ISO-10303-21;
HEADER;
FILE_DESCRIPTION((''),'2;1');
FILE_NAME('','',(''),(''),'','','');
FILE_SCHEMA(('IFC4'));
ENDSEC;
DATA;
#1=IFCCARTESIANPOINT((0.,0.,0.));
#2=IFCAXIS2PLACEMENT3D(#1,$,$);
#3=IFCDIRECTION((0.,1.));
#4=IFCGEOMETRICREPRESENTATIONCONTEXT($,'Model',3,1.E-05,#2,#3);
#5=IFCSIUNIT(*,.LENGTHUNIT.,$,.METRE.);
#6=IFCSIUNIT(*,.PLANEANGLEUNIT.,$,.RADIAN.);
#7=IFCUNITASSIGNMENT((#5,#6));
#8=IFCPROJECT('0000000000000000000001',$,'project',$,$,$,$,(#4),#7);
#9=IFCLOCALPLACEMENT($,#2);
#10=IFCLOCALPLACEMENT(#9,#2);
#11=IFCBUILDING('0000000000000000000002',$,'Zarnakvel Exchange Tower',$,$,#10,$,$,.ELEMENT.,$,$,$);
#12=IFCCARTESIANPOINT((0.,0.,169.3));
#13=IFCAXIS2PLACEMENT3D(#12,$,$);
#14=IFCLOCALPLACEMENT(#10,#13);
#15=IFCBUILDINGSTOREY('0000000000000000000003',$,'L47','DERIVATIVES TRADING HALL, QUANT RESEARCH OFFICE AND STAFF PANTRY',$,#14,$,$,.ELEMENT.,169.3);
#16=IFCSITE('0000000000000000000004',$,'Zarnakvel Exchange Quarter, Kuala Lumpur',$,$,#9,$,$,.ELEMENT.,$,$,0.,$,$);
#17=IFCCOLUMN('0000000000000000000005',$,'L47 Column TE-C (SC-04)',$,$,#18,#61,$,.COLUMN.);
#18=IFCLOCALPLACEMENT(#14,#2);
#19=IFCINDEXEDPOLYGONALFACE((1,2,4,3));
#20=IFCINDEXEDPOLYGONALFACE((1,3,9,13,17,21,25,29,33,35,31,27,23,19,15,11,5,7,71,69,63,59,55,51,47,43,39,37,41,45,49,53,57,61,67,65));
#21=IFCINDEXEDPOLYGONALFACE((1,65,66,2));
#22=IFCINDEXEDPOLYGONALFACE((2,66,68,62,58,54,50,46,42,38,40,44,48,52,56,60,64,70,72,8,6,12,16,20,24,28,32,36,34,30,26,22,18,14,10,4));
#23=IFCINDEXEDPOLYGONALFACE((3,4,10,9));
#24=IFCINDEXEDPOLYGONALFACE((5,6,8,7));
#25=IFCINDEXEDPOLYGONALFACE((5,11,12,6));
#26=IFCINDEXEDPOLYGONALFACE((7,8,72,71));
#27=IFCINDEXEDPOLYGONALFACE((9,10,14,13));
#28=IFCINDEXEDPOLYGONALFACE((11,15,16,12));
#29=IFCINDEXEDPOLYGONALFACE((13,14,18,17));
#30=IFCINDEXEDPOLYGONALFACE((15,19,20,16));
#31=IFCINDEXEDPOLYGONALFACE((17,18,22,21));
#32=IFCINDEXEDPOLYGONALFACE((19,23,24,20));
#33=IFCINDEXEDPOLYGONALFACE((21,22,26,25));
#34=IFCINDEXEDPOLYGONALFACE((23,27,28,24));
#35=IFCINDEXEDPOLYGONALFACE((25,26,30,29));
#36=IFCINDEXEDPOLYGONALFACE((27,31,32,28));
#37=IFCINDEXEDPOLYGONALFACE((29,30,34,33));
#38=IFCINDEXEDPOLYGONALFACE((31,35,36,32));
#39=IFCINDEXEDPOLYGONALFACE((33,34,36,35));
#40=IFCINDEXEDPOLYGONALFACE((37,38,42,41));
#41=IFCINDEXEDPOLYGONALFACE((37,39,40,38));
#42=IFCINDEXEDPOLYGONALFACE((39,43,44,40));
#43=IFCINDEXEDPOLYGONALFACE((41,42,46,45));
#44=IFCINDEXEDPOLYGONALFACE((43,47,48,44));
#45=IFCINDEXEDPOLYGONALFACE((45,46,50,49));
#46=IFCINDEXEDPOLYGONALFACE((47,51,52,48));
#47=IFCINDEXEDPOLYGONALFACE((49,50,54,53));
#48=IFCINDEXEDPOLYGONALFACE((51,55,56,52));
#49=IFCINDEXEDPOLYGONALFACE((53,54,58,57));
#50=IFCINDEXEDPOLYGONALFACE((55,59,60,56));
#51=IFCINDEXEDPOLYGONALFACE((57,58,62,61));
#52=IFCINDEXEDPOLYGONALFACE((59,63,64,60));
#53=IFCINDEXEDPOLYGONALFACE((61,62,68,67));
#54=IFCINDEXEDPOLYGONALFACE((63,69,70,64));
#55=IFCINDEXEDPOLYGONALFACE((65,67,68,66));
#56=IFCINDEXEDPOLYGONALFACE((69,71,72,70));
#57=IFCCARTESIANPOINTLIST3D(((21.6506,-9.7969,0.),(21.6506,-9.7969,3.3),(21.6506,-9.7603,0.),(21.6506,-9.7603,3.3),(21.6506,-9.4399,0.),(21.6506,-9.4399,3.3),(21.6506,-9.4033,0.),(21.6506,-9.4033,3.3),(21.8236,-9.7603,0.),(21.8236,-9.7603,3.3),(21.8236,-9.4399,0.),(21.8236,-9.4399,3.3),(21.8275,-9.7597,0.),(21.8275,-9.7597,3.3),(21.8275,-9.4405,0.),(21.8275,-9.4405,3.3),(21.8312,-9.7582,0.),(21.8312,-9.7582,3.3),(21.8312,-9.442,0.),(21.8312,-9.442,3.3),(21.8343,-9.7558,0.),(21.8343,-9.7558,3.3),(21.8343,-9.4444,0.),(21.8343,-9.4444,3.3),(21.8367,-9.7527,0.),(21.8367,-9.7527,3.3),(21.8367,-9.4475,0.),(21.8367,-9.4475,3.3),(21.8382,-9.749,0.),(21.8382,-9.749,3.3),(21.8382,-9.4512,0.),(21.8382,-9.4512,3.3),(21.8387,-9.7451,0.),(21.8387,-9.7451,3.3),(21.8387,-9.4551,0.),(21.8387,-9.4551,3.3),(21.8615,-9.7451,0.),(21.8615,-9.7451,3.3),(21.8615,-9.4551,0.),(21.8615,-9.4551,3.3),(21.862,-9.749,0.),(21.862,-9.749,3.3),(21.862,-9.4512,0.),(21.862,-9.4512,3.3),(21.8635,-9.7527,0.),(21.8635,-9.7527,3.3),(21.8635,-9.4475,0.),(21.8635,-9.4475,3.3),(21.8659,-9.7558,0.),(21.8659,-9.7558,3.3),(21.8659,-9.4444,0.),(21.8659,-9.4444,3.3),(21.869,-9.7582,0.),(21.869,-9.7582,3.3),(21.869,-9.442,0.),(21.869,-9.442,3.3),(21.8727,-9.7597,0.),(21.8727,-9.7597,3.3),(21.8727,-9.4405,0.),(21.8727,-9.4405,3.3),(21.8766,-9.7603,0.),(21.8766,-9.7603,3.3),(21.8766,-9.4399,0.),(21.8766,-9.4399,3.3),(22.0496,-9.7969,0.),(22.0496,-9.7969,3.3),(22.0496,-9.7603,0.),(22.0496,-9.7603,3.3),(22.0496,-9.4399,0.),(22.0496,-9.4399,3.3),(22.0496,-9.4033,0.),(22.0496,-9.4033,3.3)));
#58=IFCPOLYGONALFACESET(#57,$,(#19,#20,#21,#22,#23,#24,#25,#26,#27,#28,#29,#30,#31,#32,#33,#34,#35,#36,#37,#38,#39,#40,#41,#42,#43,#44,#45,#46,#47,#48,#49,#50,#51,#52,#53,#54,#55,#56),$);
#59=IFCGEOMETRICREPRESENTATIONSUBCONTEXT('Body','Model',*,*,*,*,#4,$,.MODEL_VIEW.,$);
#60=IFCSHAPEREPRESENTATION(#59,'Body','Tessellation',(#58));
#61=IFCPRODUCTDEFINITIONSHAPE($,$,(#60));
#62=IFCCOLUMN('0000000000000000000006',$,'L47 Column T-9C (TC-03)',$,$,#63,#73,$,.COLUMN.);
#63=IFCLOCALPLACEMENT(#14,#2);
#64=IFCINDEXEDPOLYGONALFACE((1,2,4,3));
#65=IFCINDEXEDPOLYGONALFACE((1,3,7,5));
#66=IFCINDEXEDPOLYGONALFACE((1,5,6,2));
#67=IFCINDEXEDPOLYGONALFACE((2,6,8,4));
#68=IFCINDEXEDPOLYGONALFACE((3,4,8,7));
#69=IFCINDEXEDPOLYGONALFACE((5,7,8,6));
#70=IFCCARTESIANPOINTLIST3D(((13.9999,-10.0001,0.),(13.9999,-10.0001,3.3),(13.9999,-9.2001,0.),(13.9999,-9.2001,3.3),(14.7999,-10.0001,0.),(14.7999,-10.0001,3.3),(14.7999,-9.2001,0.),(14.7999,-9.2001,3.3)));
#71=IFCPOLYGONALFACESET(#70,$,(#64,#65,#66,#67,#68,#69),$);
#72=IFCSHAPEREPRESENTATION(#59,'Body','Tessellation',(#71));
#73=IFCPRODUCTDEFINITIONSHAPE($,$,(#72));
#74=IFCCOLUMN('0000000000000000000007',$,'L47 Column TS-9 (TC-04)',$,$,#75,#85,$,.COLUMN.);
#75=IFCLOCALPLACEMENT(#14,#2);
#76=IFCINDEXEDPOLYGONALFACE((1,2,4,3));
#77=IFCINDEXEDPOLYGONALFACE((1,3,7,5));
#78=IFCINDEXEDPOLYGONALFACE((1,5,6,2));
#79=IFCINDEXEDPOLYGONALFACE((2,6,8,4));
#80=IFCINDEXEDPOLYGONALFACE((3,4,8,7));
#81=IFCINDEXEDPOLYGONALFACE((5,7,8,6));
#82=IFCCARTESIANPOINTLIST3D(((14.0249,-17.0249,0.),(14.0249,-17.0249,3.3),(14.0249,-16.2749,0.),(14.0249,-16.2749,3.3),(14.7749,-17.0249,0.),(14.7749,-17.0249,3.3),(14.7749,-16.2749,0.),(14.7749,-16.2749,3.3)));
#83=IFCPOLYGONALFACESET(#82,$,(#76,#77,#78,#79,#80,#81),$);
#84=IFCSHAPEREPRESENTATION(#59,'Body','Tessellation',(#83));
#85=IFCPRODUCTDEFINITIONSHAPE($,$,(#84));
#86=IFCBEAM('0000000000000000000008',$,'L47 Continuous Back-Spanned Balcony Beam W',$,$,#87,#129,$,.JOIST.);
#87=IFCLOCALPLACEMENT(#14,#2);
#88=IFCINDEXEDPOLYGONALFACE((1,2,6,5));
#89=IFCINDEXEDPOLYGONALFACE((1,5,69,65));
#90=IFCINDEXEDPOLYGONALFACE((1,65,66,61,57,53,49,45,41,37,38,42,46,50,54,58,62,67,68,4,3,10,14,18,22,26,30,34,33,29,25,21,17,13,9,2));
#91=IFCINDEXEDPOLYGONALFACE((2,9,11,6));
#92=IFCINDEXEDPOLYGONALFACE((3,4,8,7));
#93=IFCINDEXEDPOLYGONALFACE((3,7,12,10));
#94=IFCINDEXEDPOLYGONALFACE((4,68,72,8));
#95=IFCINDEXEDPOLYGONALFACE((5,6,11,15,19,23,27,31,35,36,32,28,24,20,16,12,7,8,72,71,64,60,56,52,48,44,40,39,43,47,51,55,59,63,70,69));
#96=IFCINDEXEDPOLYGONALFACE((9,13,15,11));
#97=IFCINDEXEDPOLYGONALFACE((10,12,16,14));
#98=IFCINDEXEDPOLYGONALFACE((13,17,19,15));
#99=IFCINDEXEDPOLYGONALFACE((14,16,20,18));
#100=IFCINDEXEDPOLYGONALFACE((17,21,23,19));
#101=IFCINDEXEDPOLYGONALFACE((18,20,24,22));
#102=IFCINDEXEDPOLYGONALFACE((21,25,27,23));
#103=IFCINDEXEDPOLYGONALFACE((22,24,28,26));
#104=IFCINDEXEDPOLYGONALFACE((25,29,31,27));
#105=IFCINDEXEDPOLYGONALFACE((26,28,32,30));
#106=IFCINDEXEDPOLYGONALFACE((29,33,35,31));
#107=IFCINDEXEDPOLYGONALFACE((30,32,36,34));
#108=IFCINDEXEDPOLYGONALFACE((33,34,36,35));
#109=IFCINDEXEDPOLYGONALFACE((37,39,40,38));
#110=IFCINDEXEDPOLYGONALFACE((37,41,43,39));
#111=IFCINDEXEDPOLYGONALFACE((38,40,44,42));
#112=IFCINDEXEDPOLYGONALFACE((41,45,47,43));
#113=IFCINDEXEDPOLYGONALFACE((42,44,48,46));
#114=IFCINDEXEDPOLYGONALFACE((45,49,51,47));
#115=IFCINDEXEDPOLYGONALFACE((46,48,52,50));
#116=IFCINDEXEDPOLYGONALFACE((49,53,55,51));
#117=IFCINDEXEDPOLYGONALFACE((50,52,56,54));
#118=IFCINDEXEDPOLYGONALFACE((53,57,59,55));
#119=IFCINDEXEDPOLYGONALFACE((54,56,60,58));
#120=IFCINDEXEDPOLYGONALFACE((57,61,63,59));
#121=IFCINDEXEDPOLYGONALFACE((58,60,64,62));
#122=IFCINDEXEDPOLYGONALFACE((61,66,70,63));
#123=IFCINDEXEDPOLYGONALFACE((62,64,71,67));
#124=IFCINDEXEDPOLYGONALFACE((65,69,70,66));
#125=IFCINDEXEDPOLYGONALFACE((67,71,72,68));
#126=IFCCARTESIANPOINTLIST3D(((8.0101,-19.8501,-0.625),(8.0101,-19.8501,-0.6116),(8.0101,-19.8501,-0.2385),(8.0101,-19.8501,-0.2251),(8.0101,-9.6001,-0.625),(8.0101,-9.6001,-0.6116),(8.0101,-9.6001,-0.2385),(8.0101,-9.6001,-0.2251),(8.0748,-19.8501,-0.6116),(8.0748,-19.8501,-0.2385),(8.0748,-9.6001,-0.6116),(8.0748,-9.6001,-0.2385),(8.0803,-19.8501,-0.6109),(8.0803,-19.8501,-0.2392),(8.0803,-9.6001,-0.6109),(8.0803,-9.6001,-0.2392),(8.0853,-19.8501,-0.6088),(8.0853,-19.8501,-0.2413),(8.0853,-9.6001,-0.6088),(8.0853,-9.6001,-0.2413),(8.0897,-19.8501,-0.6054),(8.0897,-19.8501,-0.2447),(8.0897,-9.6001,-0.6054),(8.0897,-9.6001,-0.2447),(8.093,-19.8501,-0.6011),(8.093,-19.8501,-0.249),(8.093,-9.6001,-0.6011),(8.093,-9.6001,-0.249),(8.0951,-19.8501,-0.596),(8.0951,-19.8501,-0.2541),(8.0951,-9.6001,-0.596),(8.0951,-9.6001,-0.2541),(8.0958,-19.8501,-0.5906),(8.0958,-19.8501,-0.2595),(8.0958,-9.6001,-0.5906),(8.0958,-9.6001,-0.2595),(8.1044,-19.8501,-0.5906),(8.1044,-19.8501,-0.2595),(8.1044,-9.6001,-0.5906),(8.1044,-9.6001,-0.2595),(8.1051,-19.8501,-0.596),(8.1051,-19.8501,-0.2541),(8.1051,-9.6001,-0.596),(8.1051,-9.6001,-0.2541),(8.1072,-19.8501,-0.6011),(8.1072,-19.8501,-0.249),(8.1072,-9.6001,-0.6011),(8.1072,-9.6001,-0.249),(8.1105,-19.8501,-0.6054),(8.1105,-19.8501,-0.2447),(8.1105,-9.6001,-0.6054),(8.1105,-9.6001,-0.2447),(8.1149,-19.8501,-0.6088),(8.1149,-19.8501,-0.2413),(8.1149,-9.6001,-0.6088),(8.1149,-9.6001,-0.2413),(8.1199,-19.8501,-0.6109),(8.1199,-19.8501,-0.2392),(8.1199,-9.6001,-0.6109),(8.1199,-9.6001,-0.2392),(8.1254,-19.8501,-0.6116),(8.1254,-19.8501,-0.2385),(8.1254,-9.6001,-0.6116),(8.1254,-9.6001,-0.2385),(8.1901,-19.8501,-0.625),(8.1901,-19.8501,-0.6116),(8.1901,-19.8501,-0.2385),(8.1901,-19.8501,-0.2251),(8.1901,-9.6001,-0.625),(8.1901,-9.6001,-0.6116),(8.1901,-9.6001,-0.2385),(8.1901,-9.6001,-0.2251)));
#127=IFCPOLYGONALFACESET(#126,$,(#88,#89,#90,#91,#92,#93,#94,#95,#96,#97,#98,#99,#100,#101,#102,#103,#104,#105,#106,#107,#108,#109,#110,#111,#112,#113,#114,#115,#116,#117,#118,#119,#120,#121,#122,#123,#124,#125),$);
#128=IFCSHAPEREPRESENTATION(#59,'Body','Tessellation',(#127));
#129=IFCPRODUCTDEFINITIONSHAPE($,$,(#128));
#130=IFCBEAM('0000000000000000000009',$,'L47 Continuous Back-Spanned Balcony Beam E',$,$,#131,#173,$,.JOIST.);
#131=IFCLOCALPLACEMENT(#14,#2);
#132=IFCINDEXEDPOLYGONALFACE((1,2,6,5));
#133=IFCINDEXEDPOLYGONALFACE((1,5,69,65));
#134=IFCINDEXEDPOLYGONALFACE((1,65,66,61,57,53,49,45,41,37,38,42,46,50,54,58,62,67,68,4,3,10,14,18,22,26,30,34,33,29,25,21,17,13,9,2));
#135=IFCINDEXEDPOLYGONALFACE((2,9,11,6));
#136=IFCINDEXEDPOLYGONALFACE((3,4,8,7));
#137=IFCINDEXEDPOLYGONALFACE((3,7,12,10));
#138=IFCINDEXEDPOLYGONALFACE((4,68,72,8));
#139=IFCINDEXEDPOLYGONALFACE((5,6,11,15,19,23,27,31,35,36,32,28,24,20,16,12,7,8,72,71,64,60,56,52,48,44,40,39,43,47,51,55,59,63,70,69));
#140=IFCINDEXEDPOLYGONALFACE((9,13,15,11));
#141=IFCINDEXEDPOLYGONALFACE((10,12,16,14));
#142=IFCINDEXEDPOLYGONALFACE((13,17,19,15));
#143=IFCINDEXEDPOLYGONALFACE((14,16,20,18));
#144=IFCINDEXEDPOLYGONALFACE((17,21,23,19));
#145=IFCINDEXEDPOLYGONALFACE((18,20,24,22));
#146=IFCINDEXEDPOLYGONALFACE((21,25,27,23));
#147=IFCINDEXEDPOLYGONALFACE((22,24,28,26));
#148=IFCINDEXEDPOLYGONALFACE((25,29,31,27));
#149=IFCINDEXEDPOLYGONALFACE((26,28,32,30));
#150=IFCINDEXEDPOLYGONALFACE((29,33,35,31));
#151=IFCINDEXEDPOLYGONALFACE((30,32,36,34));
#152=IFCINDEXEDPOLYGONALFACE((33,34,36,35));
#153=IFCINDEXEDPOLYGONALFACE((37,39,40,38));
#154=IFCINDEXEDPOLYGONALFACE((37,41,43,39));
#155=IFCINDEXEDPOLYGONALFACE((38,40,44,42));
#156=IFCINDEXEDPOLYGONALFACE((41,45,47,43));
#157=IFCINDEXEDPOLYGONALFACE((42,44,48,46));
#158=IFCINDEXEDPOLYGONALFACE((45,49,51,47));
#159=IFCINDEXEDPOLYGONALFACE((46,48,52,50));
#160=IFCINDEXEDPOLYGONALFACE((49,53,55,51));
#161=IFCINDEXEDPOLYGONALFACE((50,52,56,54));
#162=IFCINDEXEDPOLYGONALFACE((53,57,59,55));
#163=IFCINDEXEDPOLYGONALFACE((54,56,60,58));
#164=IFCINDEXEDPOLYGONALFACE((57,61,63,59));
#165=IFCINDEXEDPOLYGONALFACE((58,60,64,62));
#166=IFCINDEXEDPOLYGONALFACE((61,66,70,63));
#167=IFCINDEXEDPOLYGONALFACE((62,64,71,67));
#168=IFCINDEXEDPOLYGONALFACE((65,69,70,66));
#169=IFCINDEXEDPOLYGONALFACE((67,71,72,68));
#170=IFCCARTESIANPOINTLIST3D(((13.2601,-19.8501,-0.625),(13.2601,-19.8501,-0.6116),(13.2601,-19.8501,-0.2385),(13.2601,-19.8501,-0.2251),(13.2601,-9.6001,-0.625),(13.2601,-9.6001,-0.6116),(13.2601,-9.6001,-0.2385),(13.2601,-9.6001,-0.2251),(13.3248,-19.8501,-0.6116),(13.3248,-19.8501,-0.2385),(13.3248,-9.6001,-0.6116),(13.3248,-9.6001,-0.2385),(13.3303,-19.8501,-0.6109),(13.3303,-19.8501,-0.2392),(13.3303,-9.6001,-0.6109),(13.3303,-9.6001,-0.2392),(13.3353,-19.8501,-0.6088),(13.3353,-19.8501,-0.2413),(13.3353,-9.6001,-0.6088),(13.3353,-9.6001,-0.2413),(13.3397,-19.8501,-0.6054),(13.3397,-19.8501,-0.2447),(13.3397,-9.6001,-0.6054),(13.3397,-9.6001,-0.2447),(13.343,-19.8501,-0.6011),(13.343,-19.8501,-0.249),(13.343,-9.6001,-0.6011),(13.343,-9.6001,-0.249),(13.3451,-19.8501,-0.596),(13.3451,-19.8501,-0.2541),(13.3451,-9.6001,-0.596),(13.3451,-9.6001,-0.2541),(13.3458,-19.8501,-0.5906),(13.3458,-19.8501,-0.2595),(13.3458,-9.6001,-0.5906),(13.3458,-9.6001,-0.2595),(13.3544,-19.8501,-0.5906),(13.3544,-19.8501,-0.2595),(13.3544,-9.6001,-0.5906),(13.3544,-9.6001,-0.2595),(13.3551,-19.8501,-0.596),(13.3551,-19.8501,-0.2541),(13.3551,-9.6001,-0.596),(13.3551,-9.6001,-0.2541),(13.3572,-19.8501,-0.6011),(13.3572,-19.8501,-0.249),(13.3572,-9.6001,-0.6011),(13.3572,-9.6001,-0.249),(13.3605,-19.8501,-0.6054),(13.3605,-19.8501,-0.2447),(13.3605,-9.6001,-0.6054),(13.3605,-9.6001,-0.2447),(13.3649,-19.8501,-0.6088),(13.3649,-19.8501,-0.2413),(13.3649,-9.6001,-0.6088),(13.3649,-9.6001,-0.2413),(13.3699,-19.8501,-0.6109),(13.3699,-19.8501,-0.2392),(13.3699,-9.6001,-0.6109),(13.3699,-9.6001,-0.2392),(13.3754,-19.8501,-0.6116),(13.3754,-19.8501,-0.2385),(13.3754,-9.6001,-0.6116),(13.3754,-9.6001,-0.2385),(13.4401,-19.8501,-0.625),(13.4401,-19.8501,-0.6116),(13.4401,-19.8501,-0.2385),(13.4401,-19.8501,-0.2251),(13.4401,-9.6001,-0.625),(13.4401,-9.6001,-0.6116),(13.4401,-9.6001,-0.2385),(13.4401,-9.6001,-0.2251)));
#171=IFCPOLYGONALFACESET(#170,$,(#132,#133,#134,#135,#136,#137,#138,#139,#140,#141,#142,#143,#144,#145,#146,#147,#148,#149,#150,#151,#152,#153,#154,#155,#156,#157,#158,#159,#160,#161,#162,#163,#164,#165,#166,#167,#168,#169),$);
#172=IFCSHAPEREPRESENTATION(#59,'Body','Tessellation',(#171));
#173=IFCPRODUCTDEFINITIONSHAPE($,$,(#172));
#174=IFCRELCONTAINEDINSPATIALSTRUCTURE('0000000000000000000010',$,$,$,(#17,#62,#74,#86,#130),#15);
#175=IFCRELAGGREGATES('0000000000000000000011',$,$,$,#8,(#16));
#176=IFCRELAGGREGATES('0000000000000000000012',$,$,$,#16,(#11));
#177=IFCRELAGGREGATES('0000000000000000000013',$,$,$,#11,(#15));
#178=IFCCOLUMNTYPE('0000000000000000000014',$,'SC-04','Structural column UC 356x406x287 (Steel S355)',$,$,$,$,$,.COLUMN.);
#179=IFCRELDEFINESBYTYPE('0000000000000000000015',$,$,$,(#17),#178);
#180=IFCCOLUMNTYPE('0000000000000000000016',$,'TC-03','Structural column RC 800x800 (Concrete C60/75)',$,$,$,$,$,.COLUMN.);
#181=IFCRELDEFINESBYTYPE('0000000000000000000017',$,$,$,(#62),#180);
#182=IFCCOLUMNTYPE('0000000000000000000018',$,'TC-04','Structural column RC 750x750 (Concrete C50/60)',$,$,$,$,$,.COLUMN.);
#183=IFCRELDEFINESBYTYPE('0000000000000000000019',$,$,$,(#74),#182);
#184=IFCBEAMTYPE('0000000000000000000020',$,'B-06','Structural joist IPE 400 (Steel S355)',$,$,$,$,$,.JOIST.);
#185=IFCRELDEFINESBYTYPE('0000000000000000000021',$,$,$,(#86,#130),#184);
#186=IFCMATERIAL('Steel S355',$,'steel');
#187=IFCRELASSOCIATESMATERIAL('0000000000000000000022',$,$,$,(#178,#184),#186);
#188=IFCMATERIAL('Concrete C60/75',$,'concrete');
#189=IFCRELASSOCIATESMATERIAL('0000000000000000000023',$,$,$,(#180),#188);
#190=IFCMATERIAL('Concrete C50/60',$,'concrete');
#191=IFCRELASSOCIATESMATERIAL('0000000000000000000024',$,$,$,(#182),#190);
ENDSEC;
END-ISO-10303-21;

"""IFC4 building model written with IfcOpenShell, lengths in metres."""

from ifc_helpers import new_model, si_unit, direction, frame, origin, origin_2d, place, context, subcontext, project, spatial, rectangle, i_section, extrude, material, material_profile, profile_set, type_object, element, save


model = new_model("IFC4")

# Units and contexts
model_context = context("Model", 3, precision=1e-05, world=origin(), true_north=direction((0.0, 1.0)))
body_context = subcontext(model_context, "Body", "Model", "MODEL_VIEW")
ifc_project = project(units=[si_unit("LENGTHUNIT", "METRE"), si_unit("PLANEANGLEUNIT", "RADIAN")], contexts=[model_context])

# Site, building, storey
site_placement = place(None, origin())
site = spatial("IfcSite", under=ifc_project, at=site_placement, Name="Zarnakvel Exchange Quarter, Kuala Lumpur", CompositionType="ELEMENT", RefElevation=0.0)
building_placement = place(site_placement, origin())
building = spatial("IfcBuilding", under=site, at=building_placement, Name="Zarnakvel Exchange Tower", CompositionType="ELEMENT")
storey_placement = place(building_placement, frame((0.0, 0.0, 169.3)))
storey = spatial("IfcBuildingStorey", under=building, at=storey_placement, Name="L47", Description="DERIVATIVES TRADING HALL, QUANT RESEARCH OFFICE AND STAFF PANTRY", CompositionType="ELEMENT", Elevation=169.3)

# Columns
ifc_material_1 = material(Name="Steel S355", Category="steel")
ifc_material_profile_1 = material_profile(ifc_material_1, i_section(OverallWidth=0.3989, OverallDepth=0.3936, WebThickness=0.0227, FlangeThickness=0.0366, FilletRadius=0.0151, at=origin_2d()))
ifc_profile_set_1 = profile_set([ifc_material_profile_1], Name="Steel S355")
column_type_1 = type_object("IfcColumnType", Name="SC-04", Description="Structural column UC 356x406x287 (Steel S355)", PredefinedType="COLUMN", material=ifc_profile_set_1)
column_1_placement = place(storey_placement, frame((21.8501, -9.6001, 0.0), z_axis=(0.0, 0.0, 1.0), x_axis=(1.0, 0.0, 0.0)))
element("IfcColumn", 1, at=column_1_placement, inside=storey, type_object=column_type_1, Name="L47 Column TE-C (SC-04)", PredefinedType="COLUMN", context=body_context, shape_type="SweptSolid", body=[
    extrude(i_section(OverallWidth=0.3989, OverallDepth=0.3936, WebThickness=0.0227, FlangeThickness=0.0366, FilletRadius=0.0151, at=origin_2d()), origin(), (0.0, 0.0, 1.0), 3.3),
])
ifc_material_2 = material(Name="Concrete C60/75", Category="concrete")
ifc_material_profile_2 = material_profile(ifc_material_2, rectangle(XDim=0.8, YDim=0.8, at=origin_2d()))
ifc_profile_set_2 = profile_set([ifc_material_profile_2], Name="Concrete C60/75")
column_type_2 = type_object("IfcColumnType", Name="TC-03", Description="Structural column RC 800x800 (Concrete C60/75)", PredefinedType="COLUMN", material=ifc_profile_set_2)
column_2_placement = place(storey_placement, frame((14.3999, -9.6001, 0.0), z_axis=(0.0, 0.0, 1.0), x_axis=(1.0, 0.0, 0.0)))
element("IfcColumn", 2, at=column_2_placement, inside=storey, type_object=column_type_2, Name="L47 Column T-9C (TC-03)", PredefinedType="COLUMN", context=body_context, shape_type="SweptSolid", body=[
    extrude(rectangle(XDim=0.8, YDim=0.8, at=origin_2d()), origin(), (0.0, 0.0, 1.0), 3.3),
])
ifc_material_3 = material(Name="Concrete C50/60", Category="concrete")
ifc_material_profile_3 = material_profile(ifc_material_3, rectangle(XDim=0.75, YDim=0.75, at=origin_2d()))
ifc_profile_set_3 = profile_set([ifc_material_profile_3], Name="Concrete C50/60")
column_type_3 = type_object("IfcColumnType", Name="TC-04", Description="Structural column RC 750x750 (Concrete C50/60)", PredefinedType="COLUMN", material=ifc_profile_set_3)
column_3_placement = place(storey_placement, frame((14.3999, -16.6499, 0.0), z_axis=(0.0, 0.0, 1.0), x_axis=(1.0, 0.0, 0.0)))
element("IfcColumn", 3, at=column_3_placement, inside=storey, type_object=column_type_3, Name="L47 Column TS-9 (TC-04)", PredefinedType="COLUMN", context=body_context, shape_type="SweptSolid", body=[
    extrude(rectangle(XDim=0.75, YDim=0.75, at=origin_2d()), origin(), (0.0, 0.0, 1.0), 3.3),
])

# Beams
ifc_material_profile_4 = material_profile(ifc_material_1, i_section(OverallWidth=0.1799, OverallDepth=0.3999, WebThickness=0.0085, FlangeThickness=0.0134, FilletRadius=0.021, at=origin_2d()))
ifc_profile_set_4 = profile_set([ifc_material_profile_4], Name="Steel S355")
beam_type_1 = type_object("IfcBeamType", Name="B-06", Description="Structural joist IPE 400 (Steel S355)", PredefinedType="JOIST", material=ifc_profile_set_4)
for number, where, z_axis, x_axis, name in (
    (4, (8.1001, -9.6001, -0.425), (0.0, -1.0, 0.0), (1.0, 0.0, 0.0), "L47 Continuous Back-Spanned Balcony Beam W"),
    (5, (13.3501, -9.6001, -0.425), (0.0, -1.0, 0.0), (1.0, 0.0, 0.0), "L47 Continuous Back-Spanned Balcony Beam E"),
):
    element("IfcBeam", number, at=place(storey_placement, frame(where, z_axis=z_axis, x_axis=x_axis)), inside=storey, type_object=beam_type_1, Name=name, PredefinedType="JOIST", context=body_context, shape_type="SweptSolid", body=[
        extrude(i_section(OverallWidth=0.1799, OverallDepth=0.3999, WebThickness=0.0085, FlangeThickness=0.0134, FilletRadius=0.021, at=origin_2d()), origin(), (0.0, 0.0, 1.0), 10.25),
    ])

save(model, "model.ifc")
